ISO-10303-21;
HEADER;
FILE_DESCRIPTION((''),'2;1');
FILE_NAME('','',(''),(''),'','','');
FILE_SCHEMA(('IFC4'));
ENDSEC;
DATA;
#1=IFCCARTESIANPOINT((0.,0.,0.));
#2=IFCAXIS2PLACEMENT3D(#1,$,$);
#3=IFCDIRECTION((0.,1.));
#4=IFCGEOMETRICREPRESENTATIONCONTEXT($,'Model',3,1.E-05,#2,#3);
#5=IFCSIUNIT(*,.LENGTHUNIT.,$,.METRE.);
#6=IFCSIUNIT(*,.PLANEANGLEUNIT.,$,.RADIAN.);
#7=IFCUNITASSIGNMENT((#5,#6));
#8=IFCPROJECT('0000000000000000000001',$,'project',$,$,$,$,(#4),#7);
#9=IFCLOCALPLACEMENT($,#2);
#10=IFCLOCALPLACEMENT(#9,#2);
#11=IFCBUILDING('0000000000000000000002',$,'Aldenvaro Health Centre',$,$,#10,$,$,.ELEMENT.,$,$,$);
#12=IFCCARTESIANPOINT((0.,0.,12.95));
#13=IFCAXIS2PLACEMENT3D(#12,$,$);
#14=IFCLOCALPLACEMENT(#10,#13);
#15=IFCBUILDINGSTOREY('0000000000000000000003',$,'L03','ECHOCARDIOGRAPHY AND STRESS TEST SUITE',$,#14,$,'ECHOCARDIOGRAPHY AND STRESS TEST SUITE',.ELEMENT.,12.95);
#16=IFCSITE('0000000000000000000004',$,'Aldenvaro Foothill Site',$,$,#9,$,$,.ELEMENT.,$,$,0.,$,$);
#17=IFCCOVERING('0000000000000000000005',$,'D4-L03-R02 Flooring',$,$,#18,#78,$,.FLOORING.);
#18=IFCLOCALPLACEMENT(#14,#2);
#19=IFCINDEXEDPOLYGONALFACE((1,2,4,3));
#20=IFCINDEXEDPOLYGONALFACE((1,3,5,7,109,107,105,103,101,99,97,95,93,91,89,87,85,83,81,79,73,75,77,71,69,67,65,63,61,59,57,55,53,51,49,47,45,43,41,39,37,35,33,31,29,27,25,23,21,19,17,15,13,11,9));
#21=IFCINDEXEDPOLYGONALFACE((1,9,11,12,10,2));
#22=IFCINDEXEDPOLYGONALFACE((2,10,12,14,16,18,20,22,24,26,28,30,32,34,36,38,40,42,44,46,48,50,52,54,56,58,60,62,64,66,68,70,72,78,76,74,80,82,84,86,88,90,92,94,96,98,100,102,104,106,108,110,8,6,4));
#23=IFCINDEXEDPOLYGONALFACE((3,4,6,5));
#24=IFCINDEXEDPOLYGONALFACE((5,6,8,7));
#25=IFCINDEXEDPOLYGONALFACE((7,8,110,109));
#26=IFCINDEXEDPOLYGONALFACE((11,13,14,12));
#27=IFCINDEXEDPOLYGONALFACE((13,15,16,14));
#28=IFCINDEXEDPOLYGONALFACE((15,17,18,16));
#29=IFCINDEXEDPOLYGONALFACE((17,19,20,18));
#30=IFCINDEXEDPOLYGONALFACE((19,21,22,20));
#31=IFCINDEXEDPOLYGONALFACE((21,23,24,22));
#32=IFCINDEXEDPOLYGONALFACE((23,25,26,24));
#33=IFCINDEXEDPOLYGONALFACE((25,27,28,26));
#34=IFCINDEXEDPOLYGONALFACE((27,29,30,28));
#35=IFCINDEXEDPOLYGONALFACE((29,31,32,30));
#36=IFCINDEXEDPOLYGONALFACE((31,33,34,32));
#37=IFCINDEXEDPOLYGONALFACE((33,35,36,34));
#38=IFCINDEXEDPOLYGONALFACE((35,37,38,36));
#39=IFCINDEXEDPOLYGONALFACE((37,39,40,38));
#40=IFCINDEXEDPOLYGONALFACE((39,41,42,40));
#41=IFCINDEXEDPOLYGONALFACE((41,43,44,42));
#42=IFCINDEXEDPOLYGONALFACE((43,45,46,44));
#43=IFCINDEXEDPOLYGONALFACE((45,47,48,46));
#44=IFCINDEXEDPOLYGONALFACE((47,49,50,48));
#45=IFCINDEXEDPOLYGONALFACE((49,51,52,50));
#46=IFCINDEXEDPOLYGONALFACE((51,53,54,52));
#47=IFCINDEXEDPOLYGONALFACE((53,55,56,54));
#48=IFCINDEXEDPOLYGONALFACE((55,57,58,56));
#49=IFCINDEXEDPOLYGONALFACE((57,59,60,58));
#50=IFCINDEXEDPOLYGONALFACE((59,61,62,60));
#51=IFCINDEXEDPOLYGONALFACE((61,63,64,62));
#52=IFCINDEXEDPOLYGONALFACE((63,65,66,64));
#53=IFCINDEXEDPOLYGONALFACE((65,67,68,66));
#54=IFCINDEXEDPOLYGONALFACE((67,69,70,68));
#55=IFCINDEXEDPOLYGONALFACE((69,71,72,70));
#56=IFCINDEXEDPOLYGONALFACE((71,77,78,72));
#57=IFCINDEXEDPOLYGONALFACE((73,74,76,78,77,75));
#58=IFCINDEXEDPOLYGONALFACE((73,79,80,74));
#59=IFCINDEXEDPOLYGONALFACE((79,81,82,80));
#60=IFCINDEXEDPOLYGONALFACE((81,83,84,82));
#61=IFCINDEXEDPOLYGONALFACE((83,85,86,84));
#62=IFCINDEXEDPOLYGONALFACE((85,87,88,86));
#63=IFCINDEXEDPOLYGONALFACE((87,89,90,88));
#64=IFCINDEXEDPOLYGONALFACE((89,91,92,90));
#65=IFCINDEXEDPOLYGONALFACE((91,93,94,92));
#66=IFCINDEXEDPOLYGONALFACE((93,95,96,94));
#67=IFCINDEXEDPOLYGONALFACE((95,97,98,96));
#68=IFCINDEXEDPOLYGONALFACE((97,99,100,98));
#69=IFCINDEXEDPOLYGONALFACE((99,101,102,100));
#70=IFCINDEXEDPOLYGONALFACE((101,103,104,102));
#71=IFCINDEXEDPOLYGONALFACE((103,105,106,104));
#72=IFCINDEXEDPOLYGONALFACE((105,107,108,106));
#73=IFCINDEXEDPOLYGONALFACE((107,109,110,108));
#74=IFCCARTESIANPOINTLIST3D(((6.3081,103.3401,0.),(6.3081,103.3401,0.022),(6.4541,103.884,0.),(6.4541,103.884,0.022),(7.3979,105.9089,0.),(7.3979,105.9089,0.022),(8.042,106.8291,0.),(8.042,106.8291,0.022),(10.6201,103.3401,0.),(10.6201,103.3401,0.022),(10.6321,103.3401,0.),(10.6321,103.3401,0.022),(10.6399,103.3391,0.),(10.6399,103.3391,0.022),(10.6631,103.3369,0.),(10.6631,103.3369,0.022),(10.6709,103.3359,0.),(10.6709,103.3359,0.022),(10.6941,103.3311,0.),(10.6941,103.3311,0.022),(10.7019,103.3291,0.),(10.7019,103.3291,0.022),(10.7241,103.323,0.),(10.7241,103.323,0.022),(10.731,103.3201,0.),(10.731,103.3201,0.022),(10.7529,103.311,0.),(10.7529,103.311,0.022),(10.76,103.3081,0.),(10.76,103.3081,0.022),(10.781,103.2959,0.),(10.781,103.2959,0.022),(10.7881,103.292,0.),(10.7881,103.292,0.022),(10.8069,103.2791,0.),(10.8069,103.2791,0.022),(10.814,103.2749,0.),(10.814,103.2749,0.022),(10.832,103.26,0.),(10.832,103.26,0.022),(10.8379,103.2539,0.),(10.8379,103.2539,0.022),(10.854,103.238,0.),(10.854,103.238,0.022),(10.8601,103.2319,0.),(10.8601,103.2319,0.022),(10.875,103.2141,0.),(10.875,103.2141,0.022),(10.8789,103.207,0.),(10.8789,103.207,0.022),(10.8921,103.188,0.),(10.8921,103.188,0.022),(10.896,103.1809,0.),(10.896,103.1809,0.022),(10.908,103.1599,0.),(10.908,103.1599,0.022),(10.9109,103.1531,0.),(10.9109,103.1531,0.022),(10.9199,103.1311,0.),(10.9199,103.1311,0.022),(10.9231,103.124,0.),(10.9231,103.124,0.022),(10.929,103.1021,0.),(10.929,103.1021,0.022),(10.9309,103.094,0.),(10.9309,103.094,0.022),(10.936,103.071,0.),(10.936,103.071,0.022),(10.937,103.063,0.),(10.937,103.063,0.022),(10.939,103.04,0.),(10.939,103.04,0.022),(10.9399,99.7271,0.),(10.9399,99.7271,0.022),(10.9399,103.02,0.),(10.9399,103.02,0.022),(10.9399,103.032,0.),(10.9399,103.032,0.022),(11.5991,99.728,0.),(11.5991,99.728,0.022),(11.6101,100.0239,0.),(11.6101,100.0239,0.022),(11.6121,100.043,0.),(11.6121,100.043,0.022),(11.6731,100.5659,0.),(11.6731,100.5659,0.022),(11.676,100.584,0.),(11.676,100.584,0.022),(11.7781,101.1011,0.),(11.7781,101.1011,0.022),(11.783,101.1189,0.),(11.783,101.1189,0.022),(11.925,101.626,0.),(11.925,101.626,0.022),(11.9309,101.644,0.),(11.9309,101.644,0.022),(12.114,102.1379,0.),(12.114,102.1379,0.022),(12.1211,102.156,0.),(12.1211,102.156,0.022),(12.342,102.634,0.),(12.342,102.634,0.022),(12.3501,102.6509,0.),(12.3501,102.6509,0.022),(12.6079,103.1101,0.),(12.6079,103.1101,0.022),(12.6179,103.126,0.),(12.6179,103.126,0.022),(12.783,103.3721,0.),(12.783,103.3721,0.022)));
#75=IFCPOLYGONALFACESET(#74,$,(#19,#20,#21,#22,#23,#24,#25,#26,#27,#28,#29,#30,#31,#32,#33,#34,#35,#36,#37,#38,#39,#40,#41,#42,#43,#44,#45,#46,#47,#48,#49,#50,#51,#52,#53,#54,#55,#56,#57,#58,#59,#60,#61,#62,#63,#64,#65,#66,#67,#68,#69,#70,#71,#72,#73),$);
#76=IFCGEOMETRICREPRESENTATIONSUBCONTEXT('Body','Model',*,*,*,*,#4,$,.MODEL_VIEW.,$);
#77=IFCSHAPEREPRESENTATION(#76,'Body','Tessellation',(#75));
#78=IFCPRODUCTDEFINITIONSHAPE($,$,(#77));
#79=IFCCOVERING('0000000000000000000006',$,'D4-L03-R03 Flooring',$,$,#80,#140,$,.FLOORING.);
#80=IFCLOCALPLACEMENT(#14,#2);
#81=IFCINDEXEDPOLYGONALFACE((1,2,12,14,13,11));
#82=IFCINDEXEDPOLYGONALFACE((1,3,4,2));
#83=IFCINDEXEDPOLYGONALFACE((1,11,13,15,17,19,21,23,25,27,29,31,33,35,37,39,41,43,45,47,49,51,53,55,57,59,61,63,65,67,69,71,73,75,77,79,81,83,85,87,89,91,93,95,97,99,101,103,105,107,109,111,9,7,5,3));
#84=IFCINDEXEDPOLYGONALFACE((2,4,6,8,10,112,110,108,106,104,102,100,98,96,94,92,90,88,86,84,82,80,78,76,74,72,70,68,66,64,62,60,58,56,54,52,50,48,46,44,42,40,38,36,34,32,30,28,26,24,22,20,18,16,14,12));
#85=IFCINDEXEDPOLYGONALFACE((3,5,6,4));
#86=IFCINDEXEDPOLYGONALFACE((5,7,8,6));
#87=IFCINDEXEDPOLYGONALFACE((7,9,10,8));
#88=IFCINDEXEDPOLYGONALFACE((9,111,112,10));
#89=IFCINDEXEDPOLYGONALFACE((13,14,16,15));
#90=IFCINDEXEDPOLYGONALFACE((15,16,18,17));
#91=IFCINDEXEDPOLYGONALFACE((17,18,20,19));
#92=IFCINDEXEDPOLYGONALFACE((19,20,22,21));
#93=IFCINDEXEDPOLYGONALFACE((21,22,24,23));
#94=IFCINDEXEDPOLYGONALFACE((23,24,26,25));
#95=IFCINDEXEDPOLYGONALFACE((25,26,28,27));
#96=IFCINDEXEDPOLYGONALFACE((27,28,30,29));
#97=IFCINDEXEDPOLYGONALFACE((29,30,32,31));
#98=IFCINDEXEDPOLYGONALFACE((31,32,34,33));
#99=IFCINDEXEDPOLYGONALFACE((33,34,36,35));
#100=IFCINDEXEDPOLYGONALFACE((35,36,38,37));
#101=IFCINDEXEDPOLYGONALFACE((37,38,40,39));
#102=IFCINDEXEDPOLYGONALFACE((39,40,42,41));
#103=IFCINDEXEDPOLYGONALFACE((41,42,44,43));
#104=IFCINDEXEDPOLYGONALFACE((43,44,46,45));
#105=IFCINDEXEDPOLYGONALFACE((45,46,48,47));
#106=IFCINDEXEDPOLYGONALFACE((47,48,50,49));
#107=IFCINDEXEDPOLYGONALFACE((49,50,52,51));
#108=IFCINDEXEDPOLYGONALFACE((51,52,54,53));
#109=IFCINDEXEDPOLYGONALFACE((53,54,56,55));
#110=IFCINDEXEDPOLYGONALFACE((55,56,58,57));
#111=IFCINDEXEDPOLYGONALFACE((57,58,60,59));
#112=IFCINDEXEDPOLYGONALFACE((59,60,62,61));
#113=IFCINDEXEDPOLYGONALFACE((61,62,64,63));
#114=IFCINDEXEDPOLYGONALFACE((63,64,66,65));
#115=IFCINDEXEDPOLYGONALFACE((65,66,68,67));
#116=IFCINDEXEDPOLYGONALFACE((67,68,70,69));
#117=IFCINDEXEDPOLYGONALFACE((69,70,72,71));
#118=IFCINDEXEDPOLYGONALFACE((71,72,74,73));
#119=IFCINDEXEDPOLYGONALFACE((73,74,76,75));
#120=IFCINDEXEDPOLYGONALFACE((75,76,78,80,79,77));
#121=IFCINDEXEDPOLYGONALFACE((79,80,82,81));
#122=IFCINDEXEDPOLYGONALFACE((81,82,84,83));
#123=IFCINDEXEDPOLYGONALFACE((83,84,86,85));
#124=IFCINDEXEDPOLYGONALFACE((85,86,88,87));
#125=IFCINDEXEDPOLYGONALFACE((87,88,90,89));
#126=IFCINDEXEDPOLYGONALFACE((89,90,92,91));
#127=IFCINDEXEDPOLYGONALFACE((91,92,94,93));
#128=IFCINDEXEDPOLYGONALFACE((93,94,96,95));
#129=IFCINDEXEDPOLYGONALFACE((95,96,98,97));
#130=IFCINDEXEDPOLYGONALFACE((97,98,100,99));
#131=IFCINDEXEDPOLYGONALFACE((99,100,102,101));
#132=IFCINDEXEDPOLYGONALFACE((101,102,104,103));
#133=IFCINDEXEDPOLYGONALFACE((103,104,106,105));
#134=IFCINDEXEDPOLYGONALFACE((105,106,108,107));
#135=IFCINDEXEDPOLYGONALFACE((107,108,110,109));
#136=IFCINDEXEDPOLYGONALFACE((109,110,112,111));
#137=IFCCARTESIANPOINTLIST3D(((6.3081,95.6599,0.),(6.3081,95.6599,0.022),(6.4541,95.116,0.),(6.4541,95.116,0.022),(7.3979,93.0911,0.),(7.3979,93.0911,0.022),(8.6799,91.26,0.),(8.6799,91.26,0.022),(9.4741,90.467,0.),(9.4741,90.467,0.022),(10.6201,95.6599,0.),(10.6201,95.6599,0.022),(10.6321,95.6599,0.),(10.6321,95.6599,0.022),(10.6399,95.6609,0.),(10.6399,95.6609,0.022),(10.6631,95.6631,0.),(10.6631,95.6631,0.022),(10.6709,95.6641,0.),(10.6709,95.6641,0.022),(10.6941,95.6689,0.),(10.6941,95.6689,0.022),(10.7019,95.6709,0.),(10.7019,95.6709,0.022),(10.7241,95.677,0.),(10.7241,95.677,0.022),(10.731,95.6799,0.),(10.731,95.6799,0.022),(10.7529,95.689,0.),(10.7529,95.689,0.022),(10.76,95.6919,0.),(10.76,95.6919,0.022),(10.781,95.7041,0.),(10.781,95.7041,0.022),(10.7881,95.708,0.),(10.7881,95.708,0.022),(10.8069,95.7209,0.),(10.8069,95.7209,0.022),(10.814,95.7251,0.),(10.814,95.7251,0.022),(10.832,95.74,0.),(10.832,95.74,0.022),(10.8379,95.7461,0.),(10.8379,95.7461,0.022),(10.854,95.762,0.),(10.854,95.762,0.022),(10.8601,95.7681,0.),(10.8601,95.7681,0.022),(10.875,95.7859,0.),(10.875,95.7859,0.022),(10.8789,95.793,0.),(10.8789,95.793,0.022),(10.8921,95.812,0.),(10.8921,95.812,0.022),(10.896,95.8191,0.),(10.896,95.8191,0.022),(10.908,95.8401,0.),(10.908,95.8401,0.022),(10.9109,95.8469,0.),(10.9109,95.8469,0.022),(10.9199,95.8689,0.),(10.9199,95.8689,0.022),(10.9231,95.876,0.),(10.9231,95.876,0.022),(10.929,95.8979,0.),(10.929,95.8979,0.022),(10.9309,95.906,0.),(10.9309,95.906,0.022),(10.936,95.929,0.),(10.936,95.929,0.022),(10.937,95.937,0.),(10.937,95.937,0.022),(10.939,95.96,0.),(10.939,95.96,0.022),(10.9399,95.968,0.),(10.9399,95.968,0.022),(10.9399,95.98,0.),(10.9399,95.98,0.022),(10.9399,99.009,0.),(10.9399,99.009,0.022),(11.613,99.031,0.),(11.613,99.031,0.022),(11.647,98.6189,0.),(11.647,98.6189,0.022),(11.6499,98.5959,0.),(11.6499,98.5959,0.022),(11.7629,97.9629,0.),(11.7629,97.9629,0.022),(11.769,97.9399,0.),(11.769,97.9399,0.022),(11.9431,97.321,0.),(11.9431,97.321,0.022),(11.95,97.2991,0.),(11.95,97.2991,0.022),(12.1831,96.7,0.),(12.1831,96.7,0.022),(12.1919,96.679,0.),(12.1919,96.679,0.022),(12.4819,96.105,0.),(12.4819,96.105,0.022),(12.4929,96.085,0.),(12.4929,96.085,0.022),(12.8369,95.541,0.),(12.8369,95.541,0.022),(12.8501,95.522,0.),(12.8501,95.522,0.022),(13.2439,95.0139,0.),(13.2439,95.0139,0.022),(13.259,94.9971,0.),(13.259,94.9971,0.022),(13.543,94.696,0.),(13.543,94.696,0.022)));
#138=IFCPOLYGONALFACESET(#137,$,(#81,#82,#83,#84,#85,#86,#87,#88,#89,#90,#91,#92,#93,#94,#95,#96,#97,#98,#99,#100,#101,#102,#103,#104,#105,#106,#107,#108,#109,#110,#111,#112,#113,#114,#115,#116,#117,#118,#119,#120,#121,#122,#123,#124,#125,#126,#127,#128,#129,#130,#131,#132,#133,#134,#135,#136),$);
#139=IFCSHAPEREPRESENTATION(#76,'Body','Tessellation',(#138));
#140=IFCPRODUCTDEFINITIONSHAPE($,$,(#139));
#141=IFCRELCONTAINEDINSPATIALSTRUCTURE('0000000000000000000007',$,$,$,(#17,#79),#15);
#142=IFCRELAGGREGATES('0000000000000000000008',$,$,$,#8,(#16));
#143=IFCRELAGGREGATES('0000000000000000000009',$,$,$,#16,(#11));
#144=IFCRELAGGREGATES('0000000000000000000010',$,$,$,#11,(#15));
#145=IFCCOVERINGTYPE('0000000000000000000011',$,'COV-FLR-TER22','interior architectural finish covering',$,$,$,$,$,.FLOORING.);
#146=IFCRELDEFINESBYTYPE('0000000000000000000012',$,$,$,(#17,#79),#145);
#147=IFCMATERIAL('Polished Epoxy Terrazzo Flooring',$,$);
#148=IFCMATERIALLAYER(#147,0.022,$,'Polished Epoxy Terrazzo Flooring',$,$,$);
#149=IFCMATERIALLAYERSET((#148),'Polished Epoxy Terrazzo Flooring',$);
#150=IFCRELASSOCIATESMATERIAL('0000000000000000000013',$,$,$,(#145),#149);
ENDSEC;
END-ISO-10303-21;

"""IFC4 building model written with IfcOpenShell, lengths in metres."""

from ifc_helpers import new_model, si_unit, direction, frame, origin, place, context, subcontext, project, spatial, polyline, outline, extrude, material, layer, layer_set, type_object, element, save


model = new_model("IFC4")

# Units and contexts
model_context = context("Model", 3, precision=1e-05, world=origin(), true_north=direction((0.0, 1.0)))
body_context = subcontext(model_context, "Body", "Model", "MODEL_VIEW")
ifc_project = project(units=[si_unit("LENGTHUNIT", "METRE"), si_unit("PLANEANGLEUNIT", "RADIAN")], contexts=[model_context])

# Site, building, storey
site_placement = place(None, origin())
site = spatial("IfcSite", under=ifc_project, at=site_placement, Name="Aldenvaro Foothill Site", CompositionType="ELEMENT", RefElevation=0.0)
building_placement = place(site_placement, origin())
building = spatial("IfcBuilding", under=site, at=building_placement, Name="Aldenvaro Health Centre", CompositionType="ELEMENT")
storey_placement = place(building_placement, frame((0.0, 0.0, 12.95)))
storey = spatial("IfcBuildingStorey", under=building, at=storey_placement, Name="L03", Description="ECHOCARDIOGRAPHY AND STRESS TEST SUITE", LongName="ECHOCARDIOGRAPHY AND STRESS TEST SUITE", CompositionType="ELEMENT", Elevation=12.95)

# Coverings
ifc_material_1 = material(Name="Polished Epoxy Terrazzo Flooring")
ifc_layer_1 = layer(ifc_material_1, 0.022, Name="Polished Epoxy Terrazzo Flooring")
ifc_layer_set_1 = layer_set([ifc_layer_1], Name="Polished Epoxy Terrazzo Flooring")
covering_type_1 = type_object("IfcCoveringType", Name="COV-FLR-TER22", Description="interior architectural finish covering", PredefinedType="FLOORING", material=ifc_layer_set_1)
covering_1_placement = place(storey_placement, origin())
element("IfcCovering", 1, at=covering_1_placement, inside=storey, type_object=covering_type_1, Name="D4-L03-R02 Flooring", PredefinedType="FLOORING", context=body_context, shape_type="SweptSolid", body=[
    extrude(outline(polyline([(12.6179, 103.126), (12.6079, 103.1101), (12.3501, 102.6509), (12.342, 102.634), (12.1211, 102.156), (12.114, 102.1379), (11.9309, 101.644), (11.925, 101.626), (11.783, 101.1189), (11.7781, 101.1011), (11.676, 100.584), (11.6731, 100.5659), (11.6121, 100.043), (11.6101, 100.0239), (11.5991, 99.728), (10.9399, 99.7271), (10.9399, 103.02), (10.9399, 103.032), (10.939, 103.04), (10.937, 103.063), (10.936, 103.071), (10.9309, 103.094), (10.929, 103.1021), (10.9231, 103.124), (10.9199, 103.1311), (10.9109, 103.1531), (10.908, 103.1599), (10.896, 103.1809), (10.8921, 103.188), (10.8789, 103.207), (10.875, 103.2141), (10.8601, 103.2319), (10.854, 103.238), (10.8379, 103.2539), (10.832, 103.26), (10.814, 103.2749), (10.8069, 103.2791), (10.7881, 103.292), (10.781, 103.2959), (10.76, 103.3081), (10.7529, 103.311), (10.731, 103.3201), (10.7241, 103.323), (10.7019, 103.3291), (10.6941, 103.3311), (10.6709, 103.3359), (10.6631, 103.3369), (10.6399, 103.3391), (10.6321, 103.3401), (10.6201, 103.3401), (6.3081, 103.3401), (6.4541, 103.884), (7.3979, 105.9089), (8.042, 106.8291), (12.783, 103.3721), (12.6179, 103.126)])), origin(), (0.0, 0.0, 1.0), 0.022),
])
covering_2_placement = place(storey_placement, origin())
element("IfcCovering", 2, at=covering_2_placement, inside=storey, type_object=covering_type_1, Name="D4-L03-R03 Flooring", PredefinedType="FLOORING", context=body_context, shape_type="SweptSolid", body=[
    extrude(outline(polyline([(11.647, 98.6189), (11.6499, 98.5959), (11.7629, 97.9629), (11.769, 97.9399), (11.9431, 97.321), (11.95, 97.2991), (12.1831, 96.7), (12.1919, 96.679), (12.4819, 96.105), (12.4929, 96.085), (12.8369, 95.541), (12.8501, 95.522), (13.2439, 95.0139), (13.259, 94.9971), (13.543, 94.696), (9.4741, 90.467), (8.6799, 91.26), (7.3979, 93.0911), (6.4541, 95.116), (6.3081, 95.6599), (10.6201, 95.6599), (10.6321, 95.6599), (10.6399, 95.6609), (10.6631, 95.6631), (10.6709, 95.6641), (10.6941, 95.6689), (10.7019, 95.6709), (10.7241, 95.677), (10.731, 95.6799), (10.7529, 95.689), (10.76, 95.6919), (10.781, 95.7041), (10.7881, 95.708), (10.8069, 95.7209), (10.814, 95.7251), (10.832, 95.74), (10.8379, 95.7461), (10.854, 95.762), (10.8601, 95.7681), (10.875, 95.7859), (10.8789, 95.793), (10.8921, 95.812), (10.896, 95.8191), (10.908, 95.8401), (10.9109, 95.8469), (10.9199, 95.8689), (10.9231, 95.876), (10.929, 95.8979), (10.9309, 95.906), (10.936, 95.929), (10.937, 95.937), (10.939, 95.96), (10.9399, 95.968), (10.9399, 95.98), (10.9399, 99.009), (11.613, 99.031), (11.647, 98.6189)])), origin(), (0.0, 0.0, 1.0), 0.022),
])

save(model, "model.ifc")
